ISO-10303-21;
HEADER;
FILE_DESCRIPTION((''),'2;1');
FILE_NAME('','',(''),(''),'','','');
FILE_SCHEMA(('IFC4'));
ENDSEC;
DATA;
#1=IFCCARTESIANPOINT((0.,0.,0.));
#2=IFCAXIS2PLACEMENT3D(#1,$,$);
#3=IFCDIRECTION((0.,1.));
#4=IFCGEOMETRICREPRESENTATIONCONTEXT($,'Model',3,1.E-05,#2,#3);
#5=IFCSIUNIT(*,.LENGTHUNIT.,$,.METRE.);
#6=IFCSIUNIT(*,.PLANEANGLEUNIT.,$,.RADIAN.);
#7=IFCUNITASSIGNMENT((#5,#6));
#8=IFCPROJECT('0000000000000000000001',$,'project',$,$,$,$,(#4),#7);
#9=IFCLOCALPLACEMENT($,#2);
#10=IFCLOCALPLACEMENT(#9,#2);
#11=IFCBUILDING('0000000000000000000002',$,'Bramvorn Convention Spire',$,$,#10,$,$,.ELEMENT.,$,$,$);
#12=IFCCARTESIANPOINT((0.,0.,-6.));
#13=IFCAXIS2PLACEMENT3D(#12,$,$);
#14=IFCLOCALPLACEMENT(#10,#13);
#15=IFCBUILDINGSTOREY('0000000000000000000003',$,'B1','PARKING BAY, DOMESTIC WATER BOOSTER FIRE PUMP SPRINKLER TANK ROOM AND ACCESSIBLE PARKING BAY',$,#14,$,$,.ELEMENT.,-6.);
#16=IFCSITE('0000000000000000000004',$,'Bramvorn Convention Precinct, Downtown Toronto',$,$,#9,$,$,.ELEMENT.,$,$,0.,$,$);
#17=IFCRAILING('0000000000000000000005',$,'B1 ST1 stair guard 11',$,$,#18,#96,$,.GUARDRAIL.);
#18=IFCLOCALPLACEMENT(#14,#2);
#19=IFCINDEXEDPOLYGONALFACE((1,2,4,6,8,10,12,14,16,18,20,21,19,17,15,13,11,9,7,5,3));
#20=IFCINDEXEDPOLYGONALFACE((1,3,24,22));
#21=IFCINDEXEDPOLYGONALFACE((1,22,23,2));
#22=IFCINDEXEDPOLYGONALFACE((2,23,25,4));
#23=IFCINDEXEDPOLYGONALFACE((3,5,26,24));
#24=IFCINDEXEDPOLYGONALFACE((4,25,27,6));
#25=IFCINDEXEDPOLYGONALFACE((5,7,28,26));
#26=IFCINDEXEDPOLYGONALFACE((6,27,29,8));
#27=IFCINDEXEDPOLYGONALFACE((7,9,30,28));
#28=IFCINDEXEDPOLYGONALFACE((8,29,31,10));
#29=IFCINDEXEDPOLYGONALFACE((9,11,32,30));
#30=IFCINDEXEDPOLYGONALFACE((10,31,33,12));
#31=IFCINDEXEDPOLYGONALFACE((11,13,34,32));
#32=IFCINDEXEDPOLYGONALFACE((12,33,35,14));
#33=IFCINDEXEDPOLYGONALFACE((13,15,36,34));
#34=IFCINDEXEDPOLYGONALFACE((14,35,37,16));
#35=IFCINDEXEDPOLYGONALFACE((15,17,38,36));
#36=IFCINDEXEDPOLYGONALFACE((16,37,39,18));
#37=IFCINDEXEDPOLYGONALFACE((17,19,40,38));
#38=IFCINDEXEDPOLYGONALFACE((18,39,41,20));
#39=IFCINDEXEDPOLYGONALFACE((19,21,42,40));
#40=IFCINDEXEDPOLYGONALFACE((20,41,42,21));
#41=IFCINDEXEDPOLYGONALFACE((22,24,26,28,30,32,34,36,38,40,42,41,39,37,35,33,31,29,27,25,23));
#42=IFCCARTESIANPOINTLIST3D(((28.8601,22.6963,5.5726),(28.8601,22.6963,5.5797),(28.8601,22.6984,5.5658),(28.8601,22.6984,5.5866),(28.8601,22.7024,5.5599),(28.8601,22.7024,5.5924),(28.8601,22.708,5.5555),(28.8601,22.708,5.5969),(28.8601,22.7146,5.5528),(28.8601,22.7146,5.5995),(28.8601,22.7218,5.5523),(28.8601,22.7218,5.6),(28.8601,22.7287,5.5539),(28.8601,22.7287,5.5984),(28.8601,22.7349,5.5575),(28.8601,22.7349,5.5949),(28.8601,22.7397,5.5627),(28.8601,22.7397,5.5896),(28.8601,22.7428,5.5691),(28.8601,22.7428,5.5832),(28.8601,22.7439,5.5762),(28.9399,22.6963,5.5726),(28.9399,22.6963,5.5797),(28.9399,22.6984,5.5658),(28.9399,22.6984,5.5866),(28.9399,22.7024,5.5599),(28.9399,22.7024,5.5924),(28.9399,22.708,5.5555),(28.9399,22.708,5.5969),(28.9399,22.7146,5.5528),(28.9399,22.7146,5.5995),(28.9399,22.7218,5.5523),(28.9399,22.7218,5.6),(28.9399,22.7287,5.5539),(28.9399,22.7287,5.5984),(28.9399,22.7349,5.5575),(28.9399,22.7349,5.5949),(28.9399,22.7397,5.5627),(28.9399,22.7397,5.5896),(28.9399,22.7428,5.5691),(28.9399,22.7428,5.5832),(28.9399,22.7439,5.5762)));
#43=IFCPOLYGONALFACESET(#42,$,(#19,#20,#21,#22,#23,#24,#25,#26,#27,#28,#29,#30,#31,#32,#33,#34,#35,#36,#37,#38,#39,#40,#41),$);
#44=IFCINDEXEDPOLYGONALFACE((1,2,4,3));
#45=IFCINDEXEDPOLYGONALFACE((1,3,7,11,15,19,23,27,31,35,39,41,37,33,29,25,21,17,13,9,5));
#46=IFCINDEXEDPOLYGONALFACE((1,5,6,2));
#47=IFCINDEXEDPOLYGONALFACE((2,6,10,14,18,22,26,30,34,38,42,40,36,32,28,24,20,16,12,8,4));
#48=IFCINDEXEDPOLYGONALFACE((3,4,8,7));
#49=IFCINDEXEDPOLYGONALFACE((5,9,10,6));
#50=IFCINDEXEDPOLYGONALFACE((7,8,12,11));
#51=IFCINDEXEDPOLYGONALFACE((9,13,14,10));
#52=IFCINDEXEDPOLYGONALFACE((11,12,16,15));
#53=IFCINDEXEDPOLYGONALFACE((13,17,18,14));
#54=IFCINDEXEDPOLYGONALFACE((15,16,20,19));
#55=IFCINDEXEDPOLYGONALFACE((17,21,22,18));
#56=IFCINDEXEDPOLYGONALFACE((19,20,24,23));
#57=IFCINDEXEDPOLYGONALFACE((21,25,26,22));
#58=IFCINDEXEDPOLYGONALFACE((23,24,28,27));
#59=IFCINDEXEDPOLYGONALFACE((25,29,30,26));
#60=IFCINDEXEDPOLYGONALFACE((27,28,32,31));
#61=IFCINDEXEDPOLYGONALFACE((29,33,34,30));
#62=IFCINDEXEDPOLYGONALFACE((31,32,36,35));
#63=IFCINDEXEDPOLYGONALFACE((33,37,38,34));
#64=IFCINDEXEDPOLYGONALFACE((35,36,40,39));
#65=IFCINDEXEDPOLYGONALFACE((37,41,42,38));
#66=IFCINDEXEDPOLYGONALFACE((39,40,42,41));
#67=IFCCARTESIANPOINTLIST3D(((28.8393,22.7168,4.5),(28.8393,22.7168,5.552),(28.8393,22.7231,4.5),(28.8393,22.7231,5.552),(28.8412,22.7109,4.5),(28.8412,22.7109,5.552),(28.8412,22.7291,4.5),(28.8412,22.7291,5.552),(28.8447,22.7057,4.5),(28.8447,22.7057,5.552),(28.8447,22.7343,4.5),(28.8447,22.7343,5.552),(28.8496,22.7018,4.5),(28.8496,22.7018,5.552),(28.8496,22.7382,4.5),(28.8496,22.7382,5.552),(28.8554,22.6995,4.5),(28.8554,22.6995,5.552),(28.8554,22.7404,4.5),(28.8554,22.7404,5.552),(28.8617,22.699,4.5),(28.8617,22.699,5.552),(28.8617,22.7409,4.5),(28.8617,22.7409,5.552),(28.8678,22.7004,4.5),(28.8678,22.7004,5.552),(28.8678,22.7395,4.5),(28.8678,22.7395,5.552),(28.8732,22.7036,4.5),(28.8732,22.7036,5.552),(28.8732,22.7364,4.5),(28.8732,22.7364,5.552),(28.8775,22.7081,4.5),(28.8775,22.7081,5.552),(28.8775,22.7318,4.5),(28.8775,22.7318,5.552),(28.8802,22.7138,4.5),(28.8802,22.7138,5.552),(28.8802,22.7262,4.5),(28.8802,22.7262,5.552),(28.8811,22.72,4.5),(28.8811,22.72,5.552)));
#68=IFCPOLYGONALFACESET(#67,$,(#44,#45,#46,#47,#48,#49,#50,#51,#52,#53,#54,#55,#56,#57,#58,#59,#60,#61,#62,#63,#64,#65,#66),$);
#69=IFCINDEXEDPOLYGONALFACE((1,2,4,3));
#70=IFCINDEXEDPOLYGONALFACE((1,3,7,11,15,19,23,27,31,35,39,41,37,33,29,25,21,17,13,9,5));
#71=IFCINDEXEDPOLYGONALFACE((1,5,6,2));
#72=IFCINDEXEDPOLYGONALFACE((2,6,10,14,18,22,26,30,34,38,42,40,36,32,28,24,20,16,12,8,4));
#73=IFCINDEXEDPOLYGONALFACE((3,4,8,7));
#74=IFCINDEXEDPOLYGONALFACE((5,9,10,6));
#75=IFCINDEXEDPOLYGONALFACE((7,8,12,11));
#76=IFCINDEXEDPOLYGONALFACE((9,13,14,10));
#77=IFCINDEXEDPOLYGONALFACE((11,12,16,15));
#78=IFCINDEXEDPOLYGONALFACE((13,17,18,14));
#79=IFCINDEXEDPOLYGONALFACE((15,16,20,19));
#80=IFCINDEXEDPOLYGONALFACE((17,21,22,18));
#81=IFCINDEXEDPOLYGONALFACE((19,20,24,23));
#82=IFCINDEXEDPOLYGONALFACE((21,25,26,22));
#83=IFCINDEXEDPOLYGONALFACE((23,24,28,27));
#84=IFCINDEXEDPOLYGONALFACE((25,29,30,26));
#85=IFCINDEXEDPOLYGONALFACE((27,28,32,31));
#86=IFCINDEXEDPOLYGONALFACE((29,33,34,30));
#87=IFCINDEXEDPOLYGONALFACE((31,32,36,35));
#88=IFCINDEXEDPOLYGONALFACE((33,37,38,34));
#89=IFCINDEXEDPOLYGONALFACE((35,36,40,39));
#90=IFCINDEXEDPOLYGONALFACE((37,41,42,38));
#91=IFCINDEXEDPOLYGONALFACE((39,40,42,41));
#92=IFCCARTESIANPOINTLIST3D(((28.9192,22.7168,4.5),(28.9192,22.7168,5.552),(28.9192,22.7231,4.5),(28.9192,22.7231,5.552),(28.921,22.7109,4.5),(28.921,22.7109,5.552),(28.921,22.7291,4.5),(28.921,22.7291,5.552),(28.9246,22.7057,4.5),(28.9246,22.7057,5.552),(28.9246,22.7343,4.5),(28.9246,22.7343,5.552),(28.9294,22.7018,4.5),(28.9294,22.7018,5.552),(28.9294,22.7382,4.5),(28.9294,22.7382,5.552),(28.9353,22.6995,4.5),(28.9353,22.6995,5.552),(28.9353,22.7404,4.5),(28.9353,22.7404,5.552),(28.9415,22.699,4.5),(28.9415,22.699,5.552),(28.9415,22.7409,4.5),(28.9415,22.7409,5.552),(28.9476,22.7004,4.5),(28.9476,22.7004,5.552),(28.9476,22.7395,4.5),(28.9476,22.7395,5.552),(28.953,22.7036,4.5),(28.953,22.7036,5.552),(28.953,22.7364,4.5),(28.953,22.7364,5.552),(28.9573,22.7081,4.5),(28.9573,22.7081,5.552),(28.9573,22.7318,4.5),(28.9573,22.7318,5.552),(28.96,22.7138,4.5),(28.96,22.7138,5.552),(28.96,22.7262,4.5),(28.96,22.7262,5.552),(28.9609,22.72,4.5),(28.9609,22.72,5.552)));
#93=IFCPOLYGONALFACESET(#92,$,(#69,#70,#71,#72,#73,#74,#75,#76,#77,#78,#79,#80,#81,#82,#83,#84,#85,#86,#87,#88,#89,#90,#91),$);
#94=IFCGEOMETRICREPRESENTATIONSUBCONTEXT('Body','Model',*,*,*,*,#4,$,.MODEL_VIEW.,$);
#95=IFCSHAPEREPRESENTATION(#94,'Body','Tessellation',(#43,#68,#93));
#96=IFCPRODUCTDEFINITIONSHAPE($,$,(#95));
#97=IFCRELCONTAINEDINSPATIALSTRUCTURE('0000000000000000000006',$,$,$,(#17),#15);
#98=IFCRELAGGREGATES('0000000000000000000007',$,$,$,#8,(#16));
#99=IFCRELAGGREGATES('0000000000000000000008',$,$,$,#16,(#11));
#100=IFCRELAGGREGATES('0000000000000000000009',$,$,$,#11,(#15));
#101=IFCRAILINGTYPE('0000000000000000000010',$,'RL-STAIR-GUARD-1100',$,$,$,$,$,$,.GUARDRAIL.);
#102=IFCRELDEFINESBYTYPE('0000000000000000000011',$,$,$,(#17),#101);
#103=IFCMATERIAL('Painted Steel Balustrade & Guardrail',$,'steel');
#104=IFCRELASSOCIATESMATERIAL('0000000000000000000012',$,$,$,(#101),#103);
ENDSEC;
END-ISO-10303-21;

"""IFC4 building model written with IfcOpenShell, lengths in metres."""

from ifc_helpers import new_model, si_unit, direction, frame, origin, origin_2d, place, context, subcontext, project, spatial, circle, extrude, material, type_object, element, save


model = new_model("IFC4")

# Units and contexts
model_context = context("Model", 3, precision=1e-05, world=origin(), true_north=direction((0.0, 1.0)))
body_context = subcontext(model_context, "Body", "Model", "MODEL_VIEW")
ifc_project = project(units=[si_unit("LENGTHUNIT", "METRE"), si_unit("PLANEANGLEUNIT", "RADIAN")], contexts=[model_context])

# Site, building, storey
site_placement = place(None, origin())
site = spatial("IfcSite", under=ifc_project, at=site_placement, Name="Bramvorn Convention Precinct, Downtown Toronto", CompositionType="ELEMENT", RefElevation=0.0)
building_placement = place(site_placement, origin())
building = spatial("IfcBuilding", under=site, at=building_placement, Name="Bramvorn Convention Spire", CompositionType="ELEMENT")
storey_placement = place(building_placement, frame((0.0, 0.0, -6.0)))
storey = spatial("IfcBuildingStorey", under=building, at=storey_placement, Name="B1", Description="PARKING BAY, DOMESTIC WATER BOOSTER FIRE PUMP SPRINKLER TANK ROOM AND ACCESSIBLE PARKING BAY", CompositionType="ELEMENT", Elevation=-6.0)

# Railing
ifc_material_1 = material(Name="Painted Steel Balustrade & Guardrail", Category="steel")
railing_type_1 = type_object("IfcRailingType", Name="RL-STAIR-GUARD-1100", PredefinedType="GUARDRAIL", material=ifc_material_1)
railing_1_placement = place(storey_placement, frame((28.8601, 22.72, 4.5)))
element("IfcRailing", 1, at=railing_1_placement, inside=storey, type_object=railing_type_1, Name="B1 ST1 stair guard 11", PredefinedType="GUARDRAIL", context=body_context, shape_type="SweptSolid", body=[
    extrude(circle(Radius=0.0239, at=origin_2d()), frame((0.0, 0.0, 1.0762), z_axis=(1.0, 0.0, 0.0), x_axis=(0.0, 1.0, 0.0)), (0.0, 0.0, 1.0), 0.0798),
    extrude(circle(Radius=0.021, at=origin_2d()), origin(), (0.0, 0.0, 1.0), 1.052),
    extrude(circle(Radius=0.021, at=origin_2d()), frame((0.0798, 0.0, 0.0)), (0.0, 0.0, 1.0), 1.052),
])

save(model, "model.ifc")
